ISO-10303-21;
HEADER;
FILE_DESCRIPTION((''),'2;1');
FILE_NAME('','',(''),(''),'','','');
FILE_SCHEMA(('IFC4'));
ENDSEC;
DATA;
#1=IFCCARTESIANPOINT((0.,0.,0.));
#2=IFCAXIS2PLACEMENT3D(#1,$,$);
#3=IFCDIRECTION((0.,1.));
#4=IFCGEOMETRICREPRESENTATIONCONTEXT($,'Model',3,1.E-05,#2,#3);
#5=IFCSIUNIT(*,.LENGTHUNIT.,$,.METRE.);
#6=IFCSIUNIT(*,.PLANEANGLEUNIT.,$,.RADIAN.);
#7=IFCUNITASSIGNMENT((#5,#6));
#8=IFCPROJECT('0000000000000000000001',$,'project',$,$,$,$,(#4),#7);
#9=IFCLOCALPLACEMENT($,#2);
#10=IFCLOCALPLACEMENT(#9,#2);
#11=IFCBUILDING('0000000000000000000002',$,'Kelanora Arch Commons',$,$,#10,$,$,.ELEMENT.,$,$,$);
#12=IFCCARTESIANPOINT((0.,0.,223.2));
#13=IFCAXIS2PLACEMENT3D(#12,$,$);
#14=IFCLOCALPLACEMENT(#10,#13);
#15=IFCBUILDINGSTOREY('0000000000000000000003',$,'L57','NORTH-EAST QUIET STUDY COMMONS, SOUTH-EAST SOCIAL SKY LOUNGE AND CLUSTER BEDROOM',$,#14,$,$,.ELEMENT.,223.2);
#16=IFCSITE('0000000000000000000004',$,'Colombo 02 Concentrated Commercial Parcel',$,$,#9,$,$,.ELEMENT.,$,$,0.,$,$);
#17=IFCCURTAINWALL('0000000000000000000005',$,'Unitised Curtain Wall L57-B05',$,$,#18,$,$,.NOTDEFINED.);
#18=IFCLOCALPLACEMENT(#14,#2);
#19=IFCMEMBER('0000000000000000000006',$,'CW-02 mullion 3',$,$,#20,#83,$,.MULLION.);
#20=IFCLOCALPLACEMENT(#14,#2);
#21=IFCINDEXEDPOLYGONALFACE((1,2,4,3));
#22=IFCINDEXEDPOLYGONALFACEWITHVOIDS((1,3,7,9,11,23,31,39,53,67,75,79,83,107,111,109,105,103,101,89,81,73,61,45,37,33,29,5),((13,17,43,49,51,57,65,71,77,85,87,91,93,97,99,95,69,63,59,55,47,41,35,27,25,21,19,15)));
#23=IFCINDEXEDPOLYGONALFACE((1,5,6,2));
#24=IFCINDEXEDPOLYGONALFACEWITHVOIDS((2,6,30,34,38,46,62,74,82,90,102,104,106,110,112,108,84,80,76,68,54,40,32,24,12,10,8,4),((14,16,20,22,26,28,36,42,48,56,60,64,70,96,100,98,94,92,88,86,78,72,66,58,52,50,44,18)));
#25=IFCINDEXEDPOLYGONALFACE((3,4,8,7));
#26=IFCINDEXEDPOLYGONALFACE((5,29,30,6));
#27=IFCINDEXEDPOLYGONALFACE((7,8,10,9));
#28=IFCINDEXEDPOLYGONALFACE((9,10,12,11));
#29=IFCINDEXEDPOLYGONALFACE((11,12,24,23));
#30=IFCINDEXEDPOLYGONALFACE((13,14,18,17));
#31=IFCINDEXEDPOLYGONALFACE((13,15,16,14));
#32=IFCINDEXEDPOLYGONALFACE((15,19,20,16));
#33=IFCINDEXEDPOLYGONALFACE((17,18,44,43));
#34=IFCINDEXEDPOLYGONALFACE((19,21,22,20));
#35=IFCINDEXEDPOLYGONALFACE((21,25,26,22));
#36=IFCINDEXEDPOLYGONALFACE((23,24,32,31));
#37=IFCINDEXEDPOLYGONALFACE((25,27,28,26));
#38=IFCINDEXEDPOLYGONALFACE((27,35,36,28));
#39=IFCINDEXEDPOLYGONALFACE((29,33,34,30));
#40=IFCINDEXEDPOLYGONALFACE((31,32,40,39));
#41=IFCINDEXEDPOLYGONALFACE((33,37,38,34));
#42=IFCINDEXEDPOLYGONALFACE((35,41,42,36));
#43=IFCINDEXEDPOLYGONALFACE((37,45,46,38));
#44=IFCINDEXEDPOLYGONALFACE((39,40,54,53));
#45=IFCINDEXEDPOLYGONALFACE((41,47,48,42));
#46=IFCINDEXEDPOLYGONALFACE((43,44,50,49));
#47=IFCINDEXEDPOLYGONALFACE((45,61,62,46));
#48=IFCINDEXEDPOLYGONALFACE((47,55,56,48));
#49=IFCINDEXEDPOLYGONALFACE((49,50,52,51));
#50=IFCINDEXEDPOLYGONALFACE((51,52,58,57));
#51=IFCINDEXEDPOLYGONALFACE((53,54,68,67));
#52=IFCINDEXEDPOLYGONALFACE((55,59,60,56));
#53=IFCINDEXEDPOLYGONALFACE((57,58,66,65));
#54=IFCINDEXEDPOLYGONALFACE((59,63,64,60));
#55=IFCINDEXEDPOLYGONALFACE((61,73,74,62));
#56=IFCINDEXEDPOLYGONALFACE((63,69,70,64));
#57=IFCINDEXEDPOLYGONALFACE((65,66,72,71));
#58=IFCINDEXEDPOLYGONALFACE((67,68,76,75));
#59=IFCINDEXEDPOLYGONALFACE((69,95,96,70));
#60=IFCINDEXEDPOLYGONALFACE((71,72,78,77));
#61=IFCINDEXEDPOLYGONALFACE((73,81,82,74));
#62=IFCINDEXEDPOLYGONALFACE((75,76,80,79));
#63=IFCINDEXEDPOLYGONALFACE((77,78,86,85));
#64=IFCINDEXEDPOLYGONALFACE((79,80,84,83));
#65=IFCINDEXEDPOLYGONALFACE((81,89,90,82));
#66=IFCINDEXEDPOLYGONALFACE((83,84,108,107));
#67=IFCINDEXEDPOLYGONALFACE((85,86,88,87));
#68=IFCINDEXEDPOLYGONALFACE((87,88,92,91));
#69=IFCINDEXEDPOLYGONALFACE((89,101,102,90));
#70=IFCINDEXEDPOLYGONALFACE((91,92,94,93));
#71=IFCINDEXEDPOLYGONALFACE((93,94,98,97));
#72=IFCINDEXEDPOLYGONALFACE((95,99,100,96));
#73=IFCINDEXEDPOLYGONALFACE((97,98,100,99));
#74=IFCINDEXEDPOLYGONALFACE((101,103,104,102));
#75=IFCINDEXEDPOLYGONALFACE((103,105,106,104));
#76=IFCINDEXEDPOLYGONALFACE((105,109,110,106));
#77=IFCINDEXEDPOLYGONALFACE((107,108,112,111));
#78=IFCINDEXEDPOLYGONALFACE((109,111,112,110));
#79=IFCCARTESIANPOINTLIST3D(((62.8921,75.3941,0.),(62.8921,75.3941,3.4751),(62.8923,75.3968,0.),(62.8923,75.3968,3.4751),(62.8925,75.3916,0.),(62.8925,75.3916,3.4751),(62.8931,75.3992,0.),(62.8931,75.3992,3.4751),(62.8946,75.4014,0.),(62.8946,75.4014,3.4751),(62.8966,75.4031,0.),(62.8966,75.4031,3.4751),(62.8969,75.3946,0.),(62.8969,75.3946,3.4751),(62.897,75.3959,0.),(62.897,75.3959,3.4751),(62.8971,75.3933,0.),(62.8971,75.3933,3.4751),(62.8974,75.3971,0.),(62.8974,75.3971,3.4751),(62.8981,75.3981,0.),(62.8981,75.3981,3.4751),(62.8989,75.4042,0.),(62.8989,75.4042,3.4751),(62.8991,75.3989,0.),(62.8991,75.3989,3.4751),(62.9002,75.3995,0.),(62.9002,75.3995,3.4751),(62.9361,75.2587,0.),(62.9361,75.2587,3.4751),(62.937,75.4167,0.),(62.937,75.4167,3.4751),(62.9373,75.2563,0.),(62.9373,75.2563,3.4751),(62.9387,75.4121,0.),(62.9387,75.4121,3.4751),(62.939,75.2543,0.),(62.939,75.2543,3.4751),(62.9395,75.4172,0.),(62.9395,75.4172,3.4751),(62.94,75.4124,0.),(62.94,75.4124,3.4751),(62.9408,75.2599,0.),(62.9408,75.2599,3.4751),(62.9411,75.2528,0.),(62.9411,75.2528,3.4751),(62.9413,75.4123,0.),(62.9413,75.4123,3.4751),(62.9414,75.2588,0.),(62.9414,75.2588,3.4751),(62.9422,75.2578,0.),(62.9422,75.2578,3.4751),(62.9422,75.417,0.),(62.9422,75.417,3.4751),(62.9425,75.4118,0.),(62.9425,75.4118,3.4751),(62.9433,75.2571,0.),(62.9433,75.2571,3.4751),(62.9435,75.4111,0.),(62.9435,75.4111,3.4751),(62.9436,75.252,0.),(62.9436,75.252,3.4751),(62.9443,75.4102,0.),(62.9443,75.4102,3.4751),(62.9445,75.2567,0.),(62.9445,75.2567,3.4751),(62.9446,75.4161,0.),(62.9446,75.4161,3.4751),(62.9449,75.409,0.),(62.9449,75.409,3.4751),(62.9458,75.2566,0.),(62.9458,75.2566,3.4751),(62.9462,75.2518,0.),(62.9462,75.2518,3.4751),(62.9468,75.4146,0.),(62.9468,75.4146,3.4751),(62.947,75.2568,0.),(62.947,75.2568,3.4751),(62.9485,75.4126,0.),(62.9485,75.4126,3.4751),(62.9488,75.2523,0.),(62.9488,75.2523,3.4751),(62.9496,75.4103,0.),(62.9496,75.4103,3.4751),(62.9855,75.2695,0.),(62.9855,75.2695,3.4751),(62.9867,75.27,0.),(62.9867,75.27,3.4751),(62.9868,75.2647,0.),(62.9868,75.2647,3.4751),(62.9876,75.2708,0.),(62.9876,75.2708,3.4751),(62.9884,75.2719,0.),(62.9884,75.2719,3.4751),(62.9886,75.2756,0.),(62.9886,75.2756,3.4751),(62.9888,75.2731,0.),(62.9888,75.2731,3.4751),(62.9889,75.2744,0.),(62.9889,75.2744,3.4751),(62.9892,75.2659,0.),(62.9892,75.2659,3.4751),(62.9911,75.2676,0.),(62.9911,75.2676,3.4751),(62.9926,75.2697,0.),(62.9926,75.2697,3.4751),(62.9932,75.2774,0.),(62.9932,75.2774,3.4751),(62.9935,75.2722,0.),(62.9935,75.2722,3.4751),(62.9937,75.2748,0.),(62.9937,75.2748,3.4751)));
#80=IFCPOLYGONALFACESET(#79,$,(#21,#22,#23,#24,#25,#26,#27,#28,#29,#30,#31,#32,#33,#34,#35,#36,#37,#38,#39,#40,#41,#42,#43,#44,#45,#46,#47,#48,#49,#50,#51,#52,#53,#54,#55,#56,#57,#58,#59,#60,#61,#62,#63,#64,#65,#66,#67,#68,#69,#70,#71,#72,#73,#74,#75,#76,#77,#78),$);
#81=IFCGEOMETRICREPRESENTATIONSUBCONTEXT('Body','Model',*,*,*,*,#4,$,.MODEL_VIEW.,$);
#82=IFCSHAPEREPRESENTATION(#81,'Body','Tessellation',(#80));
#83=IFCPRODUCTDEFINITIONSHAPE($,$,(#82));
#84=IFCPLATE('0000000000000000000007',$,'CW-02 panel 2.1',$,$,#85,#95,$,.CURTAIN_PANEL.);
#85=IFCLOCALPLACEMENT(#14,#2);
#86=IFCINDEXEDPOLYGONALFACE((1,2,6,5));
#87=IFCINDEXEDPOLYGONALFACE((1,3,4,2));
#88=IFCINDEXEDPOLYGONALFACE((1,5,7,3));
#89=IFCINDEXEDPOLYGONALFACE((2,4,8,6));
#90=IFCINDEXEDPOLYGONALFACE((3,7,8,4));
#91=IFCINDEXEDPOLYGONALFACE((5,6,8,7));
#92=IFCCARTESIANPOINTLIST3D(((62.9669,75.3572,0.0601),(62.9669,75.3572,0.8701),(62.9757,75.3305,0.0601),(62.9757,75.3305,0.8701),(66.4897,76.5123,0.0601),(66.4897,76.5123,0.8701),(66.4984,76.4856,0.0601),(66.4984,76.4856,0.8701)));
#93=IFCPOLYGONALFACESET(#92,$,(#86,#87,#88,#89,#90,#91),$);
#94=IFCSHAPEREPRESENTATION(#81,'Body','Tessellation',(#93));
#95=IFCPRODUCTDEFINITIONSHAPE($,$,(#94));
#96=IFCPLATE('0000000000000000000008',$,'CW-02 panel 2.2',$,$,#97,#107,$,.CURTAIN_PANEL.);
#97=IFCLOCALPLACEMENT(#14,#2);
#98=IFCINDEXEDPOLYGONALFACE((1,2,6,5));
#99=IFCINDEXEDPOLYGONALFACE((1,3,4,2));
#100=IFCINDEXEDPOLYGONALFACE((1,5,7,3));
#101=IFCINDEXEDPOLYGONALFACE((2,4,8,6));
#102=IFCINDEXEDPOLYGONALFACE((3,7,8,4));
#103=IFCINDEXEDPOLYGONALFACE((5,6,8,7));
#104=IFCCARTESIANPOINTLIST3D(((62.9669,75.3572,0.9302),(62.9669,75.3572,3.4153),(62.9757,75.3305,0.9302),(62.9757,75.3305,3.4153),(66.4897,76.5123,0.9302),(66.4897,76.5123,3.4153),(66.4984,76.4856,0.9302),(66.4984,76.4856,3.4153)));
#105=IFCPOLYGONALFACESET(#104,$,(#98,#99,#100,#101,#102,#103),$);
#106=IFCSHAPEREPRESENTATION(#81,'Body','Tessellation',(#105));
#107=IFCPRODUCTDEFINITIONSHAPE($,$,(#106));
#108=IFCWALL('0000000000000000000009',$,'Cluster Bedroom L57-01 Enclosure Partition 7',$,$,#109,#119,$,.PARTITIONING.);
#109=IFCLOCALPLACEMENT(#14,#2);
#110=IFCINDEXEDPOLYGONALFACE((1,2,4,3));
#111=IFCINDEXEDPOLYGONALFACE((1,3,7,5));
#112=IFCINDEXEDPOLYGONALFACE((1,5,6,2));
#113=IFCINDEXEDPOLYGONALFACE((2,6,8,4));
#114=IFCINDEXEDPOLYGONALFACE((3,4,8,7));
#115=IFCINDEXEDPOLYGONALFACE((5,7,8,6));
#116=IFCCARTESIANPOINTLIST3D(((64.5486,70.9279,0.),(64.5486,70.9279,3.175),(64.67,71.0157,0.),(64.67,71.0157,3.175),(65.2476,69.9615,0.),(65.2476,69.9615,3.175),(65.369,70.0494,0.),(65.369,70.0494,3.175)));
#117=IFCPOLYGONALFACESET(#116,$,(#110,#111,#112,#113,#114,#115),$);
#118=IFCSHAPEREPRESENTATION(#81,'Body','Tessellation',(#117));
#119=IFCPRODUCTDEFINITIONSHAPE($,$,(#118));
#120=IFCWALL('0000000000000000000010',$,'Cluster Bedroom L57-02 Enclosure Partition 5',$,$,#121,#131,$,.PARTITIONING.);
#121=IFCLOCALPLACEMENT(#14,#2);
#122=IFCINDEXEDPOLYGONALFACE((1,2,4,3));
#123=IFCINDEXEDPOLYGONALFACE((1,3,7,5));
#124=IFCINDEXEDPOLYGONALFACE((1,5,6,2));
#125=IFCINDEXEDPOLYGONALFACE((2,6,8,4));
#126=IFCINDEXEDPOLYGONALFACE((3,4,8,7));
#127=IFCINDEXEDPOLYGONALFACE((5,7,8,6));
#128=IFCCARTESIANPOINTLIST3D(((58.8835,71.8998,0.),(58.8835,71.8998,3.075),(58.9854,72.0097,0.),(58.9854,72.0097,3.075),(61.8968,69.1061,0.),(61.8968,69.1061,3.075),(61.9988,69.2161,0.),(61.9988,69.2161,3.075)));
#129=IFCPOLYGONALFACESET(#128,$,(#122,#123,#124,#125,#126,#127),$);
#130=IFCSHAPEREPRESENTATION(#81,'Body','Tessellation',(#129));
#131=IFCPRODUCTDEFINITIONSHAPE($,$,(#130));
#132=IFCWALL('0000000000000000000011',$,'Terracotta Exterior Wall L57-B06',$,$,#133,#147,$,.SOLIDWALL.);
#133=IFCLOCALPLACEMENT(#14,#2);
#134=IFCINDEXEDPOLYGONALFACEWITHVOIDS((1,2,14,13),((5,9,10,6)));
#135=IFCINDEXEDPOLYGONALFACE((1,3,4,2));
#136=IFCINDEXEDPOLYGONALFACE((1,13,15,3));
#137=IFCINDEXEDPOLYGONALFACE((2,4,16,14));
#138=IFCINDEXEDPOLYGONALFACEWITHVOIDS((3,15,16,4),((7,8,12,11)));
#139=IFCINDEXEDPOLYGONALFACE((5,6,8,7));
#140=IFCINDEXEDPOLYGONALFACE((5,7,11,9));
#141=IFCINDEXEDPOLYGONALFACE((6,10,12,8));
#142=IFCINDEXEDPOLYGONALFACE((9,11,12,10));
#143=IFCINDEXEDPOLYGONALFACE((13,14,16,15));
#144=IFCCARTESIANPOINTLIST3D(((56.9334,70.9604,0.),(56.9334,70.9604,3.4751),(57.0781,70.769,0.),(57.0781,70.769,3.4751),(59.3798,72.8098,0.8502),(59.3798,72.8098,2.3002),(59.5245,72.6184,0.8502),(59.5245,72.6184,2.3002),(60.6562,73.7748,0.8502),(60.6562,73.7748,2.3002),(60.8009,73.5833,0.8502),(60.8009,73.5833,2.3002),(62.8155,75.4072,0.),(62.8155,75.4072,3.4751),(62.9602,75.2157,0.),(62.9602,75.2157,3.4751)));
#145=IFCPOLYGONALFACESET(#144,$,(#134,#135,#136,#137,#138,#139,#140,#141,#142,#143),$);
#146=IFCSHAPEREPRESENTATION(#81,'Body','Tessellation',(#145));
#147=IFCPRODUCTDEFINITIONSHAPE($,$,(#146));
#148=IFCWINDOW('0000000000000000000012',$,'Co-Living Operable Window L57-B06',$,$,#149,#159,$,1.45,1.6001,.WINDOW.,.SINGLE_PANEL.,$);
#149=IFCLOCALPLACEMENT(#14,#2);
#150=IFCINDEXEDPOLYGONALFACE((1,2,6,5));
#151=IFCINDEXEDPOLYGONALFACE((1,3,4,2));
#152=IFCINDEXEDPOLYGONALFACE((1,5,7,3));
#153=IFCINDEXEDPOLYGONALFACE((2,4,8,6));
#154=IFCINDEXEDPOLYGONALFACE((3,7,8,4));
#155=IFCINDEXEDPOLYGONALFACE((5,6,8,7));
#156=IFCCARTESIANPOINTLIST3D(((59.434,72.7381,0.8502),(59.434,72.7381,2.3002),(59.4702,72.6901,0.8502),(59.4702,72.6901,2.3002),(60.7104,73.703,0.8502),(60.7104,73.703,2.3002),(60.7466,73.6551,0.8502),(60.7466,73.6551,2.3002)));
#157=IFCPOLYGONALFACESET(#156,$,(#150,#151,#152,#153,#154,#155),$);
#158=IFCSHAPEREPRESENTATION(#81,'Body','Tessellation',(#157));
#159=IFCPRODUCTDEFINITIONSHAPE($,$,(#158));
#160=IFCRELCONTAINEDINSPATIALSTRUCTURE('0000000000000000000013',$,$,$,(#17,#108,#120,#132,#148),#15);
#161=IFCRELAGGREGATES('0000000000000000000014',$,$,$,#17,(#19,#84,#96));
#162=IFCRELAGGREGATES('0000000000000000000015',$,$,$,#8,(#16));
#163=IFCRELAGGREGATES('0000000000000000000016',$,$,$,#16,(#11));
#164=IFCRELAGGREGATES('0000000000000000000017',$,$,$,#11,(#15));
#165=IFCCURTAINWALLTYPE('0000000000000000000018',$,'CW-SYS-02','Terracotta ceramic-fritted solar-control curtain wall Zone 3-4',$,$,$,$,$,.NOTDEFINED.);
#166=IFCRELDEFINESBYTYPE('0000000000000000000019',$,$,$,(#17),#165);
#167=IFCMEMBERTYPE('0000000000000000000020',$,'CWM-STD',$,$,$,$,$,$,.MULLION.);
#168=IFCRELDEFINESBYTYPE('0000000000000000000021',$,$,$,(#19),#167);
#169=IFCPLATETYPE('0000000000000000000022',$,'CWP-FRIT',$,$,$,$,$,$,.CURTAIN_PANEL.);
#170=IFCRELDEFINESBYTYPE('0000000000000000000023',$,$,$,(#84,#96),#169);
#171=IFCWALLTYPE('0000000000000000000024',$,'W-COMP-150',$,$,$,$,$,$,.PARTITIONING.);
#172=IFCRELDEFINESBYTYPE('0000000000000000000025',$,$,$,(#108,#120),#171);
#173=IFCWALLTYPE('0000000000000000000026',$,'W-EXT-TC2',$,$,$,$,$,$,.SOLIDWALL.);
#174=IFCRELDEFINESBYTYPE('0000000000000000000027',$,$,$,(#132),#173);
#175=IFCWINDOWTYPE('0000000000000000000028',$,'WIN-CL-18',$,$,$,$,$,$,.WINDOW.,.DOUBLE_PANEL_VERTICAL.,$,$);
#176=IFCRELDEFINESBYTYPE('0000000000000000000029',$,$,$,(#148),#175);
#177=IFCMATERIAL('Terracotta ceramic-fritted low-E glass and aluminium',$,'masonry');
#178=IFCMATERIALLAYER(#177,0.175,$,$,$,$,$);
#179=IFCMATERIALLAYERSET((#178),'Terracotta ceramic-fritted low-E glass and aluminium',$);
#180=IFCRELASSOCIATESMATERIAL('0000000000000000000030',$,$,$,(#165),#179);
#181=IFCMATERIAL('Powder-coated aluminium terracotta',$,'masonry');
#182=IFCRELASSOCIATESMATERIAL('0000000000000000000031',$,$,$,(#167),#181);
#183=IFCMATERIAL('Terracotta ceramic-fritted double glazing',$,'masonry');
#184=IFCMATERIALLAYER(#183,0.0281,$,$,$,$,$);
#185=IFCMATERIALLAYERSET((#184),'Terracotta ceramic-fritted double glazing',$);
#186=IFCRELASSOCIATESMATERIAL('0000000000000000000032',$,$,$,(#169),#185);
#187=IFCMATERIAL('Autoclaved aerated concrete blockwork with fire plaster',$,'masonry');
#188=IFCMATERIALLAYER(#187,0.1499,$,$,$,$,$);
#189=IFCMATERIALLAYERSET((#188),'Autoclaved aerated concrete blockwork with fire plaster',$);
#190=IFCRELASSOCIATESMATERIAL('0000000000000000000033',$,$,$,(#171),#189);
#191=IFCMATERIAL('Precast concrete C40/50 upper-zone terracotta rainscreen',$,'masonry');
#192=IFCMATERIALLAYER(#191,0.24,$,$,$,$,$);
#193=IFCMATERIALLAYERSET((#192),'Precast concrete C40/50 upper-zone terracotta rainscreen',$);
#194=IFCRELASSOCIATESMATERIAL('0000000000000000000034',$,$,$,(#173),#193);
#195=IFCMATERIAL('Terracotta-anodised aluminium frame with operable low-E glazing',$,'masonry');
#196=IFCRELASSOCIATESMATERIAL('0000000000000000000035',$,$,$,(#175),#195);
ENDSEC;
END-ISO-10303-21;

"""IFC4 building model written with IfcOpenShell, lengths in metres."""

from ifc_helpers import new_model, si_unit, direction, frame, frame_2d, origin, origin_2d, place, context, subcontext, project, spatial, rectangle, hollow_rectangle, extrude, source, transform, mapped, material, layer, layer_set, material_profile, profile_set, type_object, element, fill, aggregate, save


model = new_model("IFC4")

# Units and contexts
model_context = context("Model", 3, precision=1e-05, world=origin(), true_north=direction((0.0, 1.0)))
body_context = subcontext(model_context, "Body", "Model", "MODEL_VIEW")
ifc_project = project(units=[si_unit("LENGTHUNIT", "METRE"), si_unit("PLANEANGLEUNIT", "RADIAN")], contexts=[model_context])

# Site, building, storey
site_placement = place(None, origin())
site = spatial("IfcSite", under=ifc_project, at=site_placement, Name="Colombo 02 Concentrated Commercial Parcel", CompositionType="ELEMENT", RefElevation=0.0)
building_placement = place(site_placement, origin())
building = spatial("IfcBuilding", under=site, at=building_placement, Name="Kelanora Arch Commons", CompositionType="ELEMENT")
storey_placement = place(building_placement, frame((0.0, 0.0, 223.2)))
storey = spatial("IfcBuildingStorey", under=building, at=storey_placement, Name="L57", Description="NORTH-EAST QUIET STUDY COMMONS, SOUTH-EAST SOCIAL SKY LOUNGE AND CLUSTER BEDROOM", CompositionType="ELEMENT", Elevation=223.2)

# Curtain wall, member, plates
ifc_material_1 = material(Name="Terracotta ceramic-fritted low-E glass and aluminium", Category="masonry")
ifc_layer_1 = layer(ifc_material_1, 0.175)
ifc_layer_set_1 = layer_set([ifc_layer_1], Name="Terracotta ceramic-fritted low-E glass and aluminium")
curtain_wall_type = type_object("IfcCurtainWallType", Name="CW-SYS-02", Description="Terracotta ceramic-fritted solar-control curtain wall Zone 3-4", PredefinedType="NOTDEFINED", material=ifc_layer_set_1)
curtain_wall_placement = place(storey_placement, origin())
curtain_wall = element("IfcCurtainWall", 1, at=curtain_wall_placement, inside=storey, type_object=curtain_wall_type, Name="Unitised Curtain Wall L57-B05", PredefinedType="NOTDEFINED")
ifc_material_2 = material(Name="Powder-coated aluminium terracotta", Category="masonry")
ifc_material_profile_1 = material_profile(ifc_material_2, hollow_rectangle(XDim=0.1599, YDim=0.0601, WallThickness=0.0049, InnerFilletRadius=0.0049, OuterFilletRadius=0.01, at=origin_2d()), Name="CWM160x60")
ifc_profile_set_1 = profile_set([ifc_material_profile_1], Name="Powder-coated aluminium terracotta")
member_type = type_object("IfcMemberType", Name="CWM-STD", PredefinedType="MULLION", material=ifc_profile_set_1)
member_placement = place(storey_placement, frame((62.9429, 75.3345, 0.0), z_axis=(0.0, 0.0, 1.0), x_axis=(0.311582, -0.950219, 0.0)))
member = element("IfcMember", 2, at=member_placement, type_object=member_type, Name="CW-02 mullion 3", PredefinedType="MULLION", context=body_context, shape_type="SweptSolid", body=[
    extrude(hollow_rectangle(XDim=0.1599, YDim=0.0601, WallThickness=0.0049, InnerFilletRadius=0.0049, OuterFilletRadius=0.01, at=origin_2d()), origin(), (0.0, 0.0, 1.0), 3.4751),
])
ifc_material_3 = material(Name="Terracotta ceramic-fritted double glazing", Category="masonry")
ifc_layer_2 = layer(ifc_material_3, 0.0281)
ifc_layer_set_2 = layer_set([ifc_layer_2], Name="Terracotta ceramic-fritted double glazing")
plate_type = type_object("IfcPlateType", Name="CWP-FRIT", PredefinedType="CURTAIN_PANEL", material=ifc_layer_set_2)
shared_shape_1 = source(origin(), body_context, "Body", "SweptSolid", [
    extrude(rectangle(XDim=3.7073, YDim=0.0281, at=origin_2d()), origin(), (0.0, 0.0, 1.0), 0.8101),
])
plate_1_placement = place(storey_placement, frame((64.7327, 75.9214, 0.0601), z_axis=(0.0, 0.0, 1.0), x_axis=(-0.950219, -0.311582, 0.0)))
plate_1 = element("IfcPlate", 3, at=plate_1_placement, type_object=plate_type, Name="CW-02 panel 2.1", PredefinedType="CURTAIN_PANEL", context=body_context, shape_type="MappedRepresentation", body=[
    mapped(shared_shape_1, transform((0.0, 0.0, 0.0), scale=1.0)),
])
shared_shape_2 = source(origin(), body_context, "Body", "SweptSolid", [
    extrude(rectangle(XDim=3.7073, YDim=0.0281, at=origin_2d()), origin(), (0.0, 0.0, 1.0), 2.4851),
])
plate_2_placement = place(storey_placement, frame((64.7327, 75.9214, 0.9302), z_axis=(0.0, 0.0, 1.0), x_axis=(-0.950219, -0.311582, 0.0)))
plate_2 = element("IfcPlate", 4, at=plate_2_placement, type_object=plate_type, Name="CW-02 panel 2.2", PredefinedType="CURTAIN_PANEL", context=body_context, shape_type="MappedRepresentation", body=[
    mapped(shared_shape_2, transform((0.0, 0.0, 0.0), scale=1.0)),
])
aggregate(curtain_wall, [member, plate_1, plate_2])

# Walls
ifc_material_4 = material(Name="Autoclaved aerated concrete blockwork with fire plaster", Category="masonry")
ifc_layer_3 = layer(ifc_material_4, 0.1499)
ifc_layer_set_3 = layer_set([ifc_layer_3], Name="Autoclaved aerated concrete blockwork with fire plaster")
wall_type_1 = type_object("IfcWallType", Name="W-COMP-150", PredefinedType="PARTITIONING", material=ifc_layer_set_3)
wall_1_placement = place(storey_placement, frame((64.6094, 70.9717, 0.0), z_axis=(0.0, 0.0, 1.0), x_axis=(0.586088, -0.810247, 0.0)))
element("IfcWall", 5, at=wall_1_placement, inside=storey, type_object=wall_type_1, Name="Cluster Bedroom L57-01 Enclosure Partition 7", PredefinedType="PARTITIONING", context=body_context, shape_type="SweptSolid", body=[
    extrude(rectangle(XDim=1.1926, YDim=0.1499, at=frame_2d((0.5962, 0.0))), origin(), (0.0, 0.0, 1.0), 3.175),
])
wall_2_placement = place(storey_placement, frame((58.9343, 71.9548, 0.0), z_axis=(0.0, 0.0, 1.0), x_axis=(0.733337, -0.679865, 0.0)))
element("IfcWall", 6, at=wall_2_placement, inside=storey, type_object=wall_type_1, Name="Cluster Bedroom L57-02 Enclosure Partition 5", PredefinedType="PARTITIONING", context=body_context, shape_type="SweptSolid", body=[
    extrude(rectangle(XDim=4.1091, YDim=0.1499, at=frame_2d((2.0547, 0.0))), origin(), (0.0, 0.0, 1.0), 3.075),
])

# Wall, opening, window
ifc_material_5 = material(Name="Precast concrete C40/50 upper-zone terracotta rainscreen", Category="masonry")
ifc_layer_4 = layer(ifc_material_5, 0.24)
ifc_layer_set_4 = layer_set([ifc_layer_4], Name="Precast concrete C40/50 upper-zone terracotta rainscreen")
wall_type_2 = type_object("IfcWallType", Name="W-EXT-TC2", PredefinedType="SOLIDWALL", material=ifc_layer_set_4)
wall_3_placement = place(storey_placement, frame((62.8879, 75.3115, 0.0), z_axis=(0.0, 0.0, 1.0), x_axis=(-0.797702, -0.603052, 0.0)))
wall_3 = element("IfcWall", 7, at=wall_3_placement, inside=storey, type_object=wall_type_2, Name="Terracotta Exterior Wall L57-B06", PredefinedType="SOLIDWALL", context=body_context, shape_type="SweptSolid", body=[
    extrude(rectangle(XDim=7.3738, YDim=0.24, at=frame_2d((3.687, 0.0))), origin(), (0.0, 0.0, 1.0), 3.4751),
])
opening_1_placement = place(wall_3_placement, frame((2.707, 0.0, 0.8501)))
opening_1 = element("IfcOpeningElement", 8, at=opening_1_placement, cuts=wall_3, PredefinedType="OPENING", context=body_context, shape_type="SweptSolid", body=[
    extrude(rectangle(XDim=1.6001, YDim=1.45, at=frame_2d((0.8, 0.7251))), frame((0.0, 0.1299, 0.0), z_axis=(0.0, -1.0, 0.0), x_axis=(1.0, 0.0, 0.0)), (0.0, 0.0, 1.0), 0.26),
])
ifc_material_6 = material(Name="Terracotta-anodised aluminium frame with operable low-E glazing", Category="masonry")
window_type_1 = type_object("IfcWindowType", Name="WIN-CL-18", PartitioningType="DOUBLE_PANEL_VERTICAL", PredefinedType="WINDOW", material=ifc_material_6)
window_1_placement = place(opening_1_placement, origin())
window_1 = element("IfcWindow", 9, at=window_1_placement, inside=storey, type_object=window_type_1, Name="Co-Living Operable Window L57-B06", OverallHeight=1.45, OverallWidth=1.6001, PartitioningType="SINGLE_PANEL", PredefinedType="WINDOW", context=body_context, shape_type="SweptSolid", body=[
    extrude(rectangle(XDim=1.6001, YDim=1.45, at=frame_2d((0.8, 0.7251))), frame((0.0, 0.03, 0.0), z_axis=(0.0, -1.0, 0.0), x_axis=(1.0, 0.0, 0.0)), (0.0, 0.0, 1.0), 0.0601),
])
fill(opening_1, window_1)

save(model, "model.ifc")
